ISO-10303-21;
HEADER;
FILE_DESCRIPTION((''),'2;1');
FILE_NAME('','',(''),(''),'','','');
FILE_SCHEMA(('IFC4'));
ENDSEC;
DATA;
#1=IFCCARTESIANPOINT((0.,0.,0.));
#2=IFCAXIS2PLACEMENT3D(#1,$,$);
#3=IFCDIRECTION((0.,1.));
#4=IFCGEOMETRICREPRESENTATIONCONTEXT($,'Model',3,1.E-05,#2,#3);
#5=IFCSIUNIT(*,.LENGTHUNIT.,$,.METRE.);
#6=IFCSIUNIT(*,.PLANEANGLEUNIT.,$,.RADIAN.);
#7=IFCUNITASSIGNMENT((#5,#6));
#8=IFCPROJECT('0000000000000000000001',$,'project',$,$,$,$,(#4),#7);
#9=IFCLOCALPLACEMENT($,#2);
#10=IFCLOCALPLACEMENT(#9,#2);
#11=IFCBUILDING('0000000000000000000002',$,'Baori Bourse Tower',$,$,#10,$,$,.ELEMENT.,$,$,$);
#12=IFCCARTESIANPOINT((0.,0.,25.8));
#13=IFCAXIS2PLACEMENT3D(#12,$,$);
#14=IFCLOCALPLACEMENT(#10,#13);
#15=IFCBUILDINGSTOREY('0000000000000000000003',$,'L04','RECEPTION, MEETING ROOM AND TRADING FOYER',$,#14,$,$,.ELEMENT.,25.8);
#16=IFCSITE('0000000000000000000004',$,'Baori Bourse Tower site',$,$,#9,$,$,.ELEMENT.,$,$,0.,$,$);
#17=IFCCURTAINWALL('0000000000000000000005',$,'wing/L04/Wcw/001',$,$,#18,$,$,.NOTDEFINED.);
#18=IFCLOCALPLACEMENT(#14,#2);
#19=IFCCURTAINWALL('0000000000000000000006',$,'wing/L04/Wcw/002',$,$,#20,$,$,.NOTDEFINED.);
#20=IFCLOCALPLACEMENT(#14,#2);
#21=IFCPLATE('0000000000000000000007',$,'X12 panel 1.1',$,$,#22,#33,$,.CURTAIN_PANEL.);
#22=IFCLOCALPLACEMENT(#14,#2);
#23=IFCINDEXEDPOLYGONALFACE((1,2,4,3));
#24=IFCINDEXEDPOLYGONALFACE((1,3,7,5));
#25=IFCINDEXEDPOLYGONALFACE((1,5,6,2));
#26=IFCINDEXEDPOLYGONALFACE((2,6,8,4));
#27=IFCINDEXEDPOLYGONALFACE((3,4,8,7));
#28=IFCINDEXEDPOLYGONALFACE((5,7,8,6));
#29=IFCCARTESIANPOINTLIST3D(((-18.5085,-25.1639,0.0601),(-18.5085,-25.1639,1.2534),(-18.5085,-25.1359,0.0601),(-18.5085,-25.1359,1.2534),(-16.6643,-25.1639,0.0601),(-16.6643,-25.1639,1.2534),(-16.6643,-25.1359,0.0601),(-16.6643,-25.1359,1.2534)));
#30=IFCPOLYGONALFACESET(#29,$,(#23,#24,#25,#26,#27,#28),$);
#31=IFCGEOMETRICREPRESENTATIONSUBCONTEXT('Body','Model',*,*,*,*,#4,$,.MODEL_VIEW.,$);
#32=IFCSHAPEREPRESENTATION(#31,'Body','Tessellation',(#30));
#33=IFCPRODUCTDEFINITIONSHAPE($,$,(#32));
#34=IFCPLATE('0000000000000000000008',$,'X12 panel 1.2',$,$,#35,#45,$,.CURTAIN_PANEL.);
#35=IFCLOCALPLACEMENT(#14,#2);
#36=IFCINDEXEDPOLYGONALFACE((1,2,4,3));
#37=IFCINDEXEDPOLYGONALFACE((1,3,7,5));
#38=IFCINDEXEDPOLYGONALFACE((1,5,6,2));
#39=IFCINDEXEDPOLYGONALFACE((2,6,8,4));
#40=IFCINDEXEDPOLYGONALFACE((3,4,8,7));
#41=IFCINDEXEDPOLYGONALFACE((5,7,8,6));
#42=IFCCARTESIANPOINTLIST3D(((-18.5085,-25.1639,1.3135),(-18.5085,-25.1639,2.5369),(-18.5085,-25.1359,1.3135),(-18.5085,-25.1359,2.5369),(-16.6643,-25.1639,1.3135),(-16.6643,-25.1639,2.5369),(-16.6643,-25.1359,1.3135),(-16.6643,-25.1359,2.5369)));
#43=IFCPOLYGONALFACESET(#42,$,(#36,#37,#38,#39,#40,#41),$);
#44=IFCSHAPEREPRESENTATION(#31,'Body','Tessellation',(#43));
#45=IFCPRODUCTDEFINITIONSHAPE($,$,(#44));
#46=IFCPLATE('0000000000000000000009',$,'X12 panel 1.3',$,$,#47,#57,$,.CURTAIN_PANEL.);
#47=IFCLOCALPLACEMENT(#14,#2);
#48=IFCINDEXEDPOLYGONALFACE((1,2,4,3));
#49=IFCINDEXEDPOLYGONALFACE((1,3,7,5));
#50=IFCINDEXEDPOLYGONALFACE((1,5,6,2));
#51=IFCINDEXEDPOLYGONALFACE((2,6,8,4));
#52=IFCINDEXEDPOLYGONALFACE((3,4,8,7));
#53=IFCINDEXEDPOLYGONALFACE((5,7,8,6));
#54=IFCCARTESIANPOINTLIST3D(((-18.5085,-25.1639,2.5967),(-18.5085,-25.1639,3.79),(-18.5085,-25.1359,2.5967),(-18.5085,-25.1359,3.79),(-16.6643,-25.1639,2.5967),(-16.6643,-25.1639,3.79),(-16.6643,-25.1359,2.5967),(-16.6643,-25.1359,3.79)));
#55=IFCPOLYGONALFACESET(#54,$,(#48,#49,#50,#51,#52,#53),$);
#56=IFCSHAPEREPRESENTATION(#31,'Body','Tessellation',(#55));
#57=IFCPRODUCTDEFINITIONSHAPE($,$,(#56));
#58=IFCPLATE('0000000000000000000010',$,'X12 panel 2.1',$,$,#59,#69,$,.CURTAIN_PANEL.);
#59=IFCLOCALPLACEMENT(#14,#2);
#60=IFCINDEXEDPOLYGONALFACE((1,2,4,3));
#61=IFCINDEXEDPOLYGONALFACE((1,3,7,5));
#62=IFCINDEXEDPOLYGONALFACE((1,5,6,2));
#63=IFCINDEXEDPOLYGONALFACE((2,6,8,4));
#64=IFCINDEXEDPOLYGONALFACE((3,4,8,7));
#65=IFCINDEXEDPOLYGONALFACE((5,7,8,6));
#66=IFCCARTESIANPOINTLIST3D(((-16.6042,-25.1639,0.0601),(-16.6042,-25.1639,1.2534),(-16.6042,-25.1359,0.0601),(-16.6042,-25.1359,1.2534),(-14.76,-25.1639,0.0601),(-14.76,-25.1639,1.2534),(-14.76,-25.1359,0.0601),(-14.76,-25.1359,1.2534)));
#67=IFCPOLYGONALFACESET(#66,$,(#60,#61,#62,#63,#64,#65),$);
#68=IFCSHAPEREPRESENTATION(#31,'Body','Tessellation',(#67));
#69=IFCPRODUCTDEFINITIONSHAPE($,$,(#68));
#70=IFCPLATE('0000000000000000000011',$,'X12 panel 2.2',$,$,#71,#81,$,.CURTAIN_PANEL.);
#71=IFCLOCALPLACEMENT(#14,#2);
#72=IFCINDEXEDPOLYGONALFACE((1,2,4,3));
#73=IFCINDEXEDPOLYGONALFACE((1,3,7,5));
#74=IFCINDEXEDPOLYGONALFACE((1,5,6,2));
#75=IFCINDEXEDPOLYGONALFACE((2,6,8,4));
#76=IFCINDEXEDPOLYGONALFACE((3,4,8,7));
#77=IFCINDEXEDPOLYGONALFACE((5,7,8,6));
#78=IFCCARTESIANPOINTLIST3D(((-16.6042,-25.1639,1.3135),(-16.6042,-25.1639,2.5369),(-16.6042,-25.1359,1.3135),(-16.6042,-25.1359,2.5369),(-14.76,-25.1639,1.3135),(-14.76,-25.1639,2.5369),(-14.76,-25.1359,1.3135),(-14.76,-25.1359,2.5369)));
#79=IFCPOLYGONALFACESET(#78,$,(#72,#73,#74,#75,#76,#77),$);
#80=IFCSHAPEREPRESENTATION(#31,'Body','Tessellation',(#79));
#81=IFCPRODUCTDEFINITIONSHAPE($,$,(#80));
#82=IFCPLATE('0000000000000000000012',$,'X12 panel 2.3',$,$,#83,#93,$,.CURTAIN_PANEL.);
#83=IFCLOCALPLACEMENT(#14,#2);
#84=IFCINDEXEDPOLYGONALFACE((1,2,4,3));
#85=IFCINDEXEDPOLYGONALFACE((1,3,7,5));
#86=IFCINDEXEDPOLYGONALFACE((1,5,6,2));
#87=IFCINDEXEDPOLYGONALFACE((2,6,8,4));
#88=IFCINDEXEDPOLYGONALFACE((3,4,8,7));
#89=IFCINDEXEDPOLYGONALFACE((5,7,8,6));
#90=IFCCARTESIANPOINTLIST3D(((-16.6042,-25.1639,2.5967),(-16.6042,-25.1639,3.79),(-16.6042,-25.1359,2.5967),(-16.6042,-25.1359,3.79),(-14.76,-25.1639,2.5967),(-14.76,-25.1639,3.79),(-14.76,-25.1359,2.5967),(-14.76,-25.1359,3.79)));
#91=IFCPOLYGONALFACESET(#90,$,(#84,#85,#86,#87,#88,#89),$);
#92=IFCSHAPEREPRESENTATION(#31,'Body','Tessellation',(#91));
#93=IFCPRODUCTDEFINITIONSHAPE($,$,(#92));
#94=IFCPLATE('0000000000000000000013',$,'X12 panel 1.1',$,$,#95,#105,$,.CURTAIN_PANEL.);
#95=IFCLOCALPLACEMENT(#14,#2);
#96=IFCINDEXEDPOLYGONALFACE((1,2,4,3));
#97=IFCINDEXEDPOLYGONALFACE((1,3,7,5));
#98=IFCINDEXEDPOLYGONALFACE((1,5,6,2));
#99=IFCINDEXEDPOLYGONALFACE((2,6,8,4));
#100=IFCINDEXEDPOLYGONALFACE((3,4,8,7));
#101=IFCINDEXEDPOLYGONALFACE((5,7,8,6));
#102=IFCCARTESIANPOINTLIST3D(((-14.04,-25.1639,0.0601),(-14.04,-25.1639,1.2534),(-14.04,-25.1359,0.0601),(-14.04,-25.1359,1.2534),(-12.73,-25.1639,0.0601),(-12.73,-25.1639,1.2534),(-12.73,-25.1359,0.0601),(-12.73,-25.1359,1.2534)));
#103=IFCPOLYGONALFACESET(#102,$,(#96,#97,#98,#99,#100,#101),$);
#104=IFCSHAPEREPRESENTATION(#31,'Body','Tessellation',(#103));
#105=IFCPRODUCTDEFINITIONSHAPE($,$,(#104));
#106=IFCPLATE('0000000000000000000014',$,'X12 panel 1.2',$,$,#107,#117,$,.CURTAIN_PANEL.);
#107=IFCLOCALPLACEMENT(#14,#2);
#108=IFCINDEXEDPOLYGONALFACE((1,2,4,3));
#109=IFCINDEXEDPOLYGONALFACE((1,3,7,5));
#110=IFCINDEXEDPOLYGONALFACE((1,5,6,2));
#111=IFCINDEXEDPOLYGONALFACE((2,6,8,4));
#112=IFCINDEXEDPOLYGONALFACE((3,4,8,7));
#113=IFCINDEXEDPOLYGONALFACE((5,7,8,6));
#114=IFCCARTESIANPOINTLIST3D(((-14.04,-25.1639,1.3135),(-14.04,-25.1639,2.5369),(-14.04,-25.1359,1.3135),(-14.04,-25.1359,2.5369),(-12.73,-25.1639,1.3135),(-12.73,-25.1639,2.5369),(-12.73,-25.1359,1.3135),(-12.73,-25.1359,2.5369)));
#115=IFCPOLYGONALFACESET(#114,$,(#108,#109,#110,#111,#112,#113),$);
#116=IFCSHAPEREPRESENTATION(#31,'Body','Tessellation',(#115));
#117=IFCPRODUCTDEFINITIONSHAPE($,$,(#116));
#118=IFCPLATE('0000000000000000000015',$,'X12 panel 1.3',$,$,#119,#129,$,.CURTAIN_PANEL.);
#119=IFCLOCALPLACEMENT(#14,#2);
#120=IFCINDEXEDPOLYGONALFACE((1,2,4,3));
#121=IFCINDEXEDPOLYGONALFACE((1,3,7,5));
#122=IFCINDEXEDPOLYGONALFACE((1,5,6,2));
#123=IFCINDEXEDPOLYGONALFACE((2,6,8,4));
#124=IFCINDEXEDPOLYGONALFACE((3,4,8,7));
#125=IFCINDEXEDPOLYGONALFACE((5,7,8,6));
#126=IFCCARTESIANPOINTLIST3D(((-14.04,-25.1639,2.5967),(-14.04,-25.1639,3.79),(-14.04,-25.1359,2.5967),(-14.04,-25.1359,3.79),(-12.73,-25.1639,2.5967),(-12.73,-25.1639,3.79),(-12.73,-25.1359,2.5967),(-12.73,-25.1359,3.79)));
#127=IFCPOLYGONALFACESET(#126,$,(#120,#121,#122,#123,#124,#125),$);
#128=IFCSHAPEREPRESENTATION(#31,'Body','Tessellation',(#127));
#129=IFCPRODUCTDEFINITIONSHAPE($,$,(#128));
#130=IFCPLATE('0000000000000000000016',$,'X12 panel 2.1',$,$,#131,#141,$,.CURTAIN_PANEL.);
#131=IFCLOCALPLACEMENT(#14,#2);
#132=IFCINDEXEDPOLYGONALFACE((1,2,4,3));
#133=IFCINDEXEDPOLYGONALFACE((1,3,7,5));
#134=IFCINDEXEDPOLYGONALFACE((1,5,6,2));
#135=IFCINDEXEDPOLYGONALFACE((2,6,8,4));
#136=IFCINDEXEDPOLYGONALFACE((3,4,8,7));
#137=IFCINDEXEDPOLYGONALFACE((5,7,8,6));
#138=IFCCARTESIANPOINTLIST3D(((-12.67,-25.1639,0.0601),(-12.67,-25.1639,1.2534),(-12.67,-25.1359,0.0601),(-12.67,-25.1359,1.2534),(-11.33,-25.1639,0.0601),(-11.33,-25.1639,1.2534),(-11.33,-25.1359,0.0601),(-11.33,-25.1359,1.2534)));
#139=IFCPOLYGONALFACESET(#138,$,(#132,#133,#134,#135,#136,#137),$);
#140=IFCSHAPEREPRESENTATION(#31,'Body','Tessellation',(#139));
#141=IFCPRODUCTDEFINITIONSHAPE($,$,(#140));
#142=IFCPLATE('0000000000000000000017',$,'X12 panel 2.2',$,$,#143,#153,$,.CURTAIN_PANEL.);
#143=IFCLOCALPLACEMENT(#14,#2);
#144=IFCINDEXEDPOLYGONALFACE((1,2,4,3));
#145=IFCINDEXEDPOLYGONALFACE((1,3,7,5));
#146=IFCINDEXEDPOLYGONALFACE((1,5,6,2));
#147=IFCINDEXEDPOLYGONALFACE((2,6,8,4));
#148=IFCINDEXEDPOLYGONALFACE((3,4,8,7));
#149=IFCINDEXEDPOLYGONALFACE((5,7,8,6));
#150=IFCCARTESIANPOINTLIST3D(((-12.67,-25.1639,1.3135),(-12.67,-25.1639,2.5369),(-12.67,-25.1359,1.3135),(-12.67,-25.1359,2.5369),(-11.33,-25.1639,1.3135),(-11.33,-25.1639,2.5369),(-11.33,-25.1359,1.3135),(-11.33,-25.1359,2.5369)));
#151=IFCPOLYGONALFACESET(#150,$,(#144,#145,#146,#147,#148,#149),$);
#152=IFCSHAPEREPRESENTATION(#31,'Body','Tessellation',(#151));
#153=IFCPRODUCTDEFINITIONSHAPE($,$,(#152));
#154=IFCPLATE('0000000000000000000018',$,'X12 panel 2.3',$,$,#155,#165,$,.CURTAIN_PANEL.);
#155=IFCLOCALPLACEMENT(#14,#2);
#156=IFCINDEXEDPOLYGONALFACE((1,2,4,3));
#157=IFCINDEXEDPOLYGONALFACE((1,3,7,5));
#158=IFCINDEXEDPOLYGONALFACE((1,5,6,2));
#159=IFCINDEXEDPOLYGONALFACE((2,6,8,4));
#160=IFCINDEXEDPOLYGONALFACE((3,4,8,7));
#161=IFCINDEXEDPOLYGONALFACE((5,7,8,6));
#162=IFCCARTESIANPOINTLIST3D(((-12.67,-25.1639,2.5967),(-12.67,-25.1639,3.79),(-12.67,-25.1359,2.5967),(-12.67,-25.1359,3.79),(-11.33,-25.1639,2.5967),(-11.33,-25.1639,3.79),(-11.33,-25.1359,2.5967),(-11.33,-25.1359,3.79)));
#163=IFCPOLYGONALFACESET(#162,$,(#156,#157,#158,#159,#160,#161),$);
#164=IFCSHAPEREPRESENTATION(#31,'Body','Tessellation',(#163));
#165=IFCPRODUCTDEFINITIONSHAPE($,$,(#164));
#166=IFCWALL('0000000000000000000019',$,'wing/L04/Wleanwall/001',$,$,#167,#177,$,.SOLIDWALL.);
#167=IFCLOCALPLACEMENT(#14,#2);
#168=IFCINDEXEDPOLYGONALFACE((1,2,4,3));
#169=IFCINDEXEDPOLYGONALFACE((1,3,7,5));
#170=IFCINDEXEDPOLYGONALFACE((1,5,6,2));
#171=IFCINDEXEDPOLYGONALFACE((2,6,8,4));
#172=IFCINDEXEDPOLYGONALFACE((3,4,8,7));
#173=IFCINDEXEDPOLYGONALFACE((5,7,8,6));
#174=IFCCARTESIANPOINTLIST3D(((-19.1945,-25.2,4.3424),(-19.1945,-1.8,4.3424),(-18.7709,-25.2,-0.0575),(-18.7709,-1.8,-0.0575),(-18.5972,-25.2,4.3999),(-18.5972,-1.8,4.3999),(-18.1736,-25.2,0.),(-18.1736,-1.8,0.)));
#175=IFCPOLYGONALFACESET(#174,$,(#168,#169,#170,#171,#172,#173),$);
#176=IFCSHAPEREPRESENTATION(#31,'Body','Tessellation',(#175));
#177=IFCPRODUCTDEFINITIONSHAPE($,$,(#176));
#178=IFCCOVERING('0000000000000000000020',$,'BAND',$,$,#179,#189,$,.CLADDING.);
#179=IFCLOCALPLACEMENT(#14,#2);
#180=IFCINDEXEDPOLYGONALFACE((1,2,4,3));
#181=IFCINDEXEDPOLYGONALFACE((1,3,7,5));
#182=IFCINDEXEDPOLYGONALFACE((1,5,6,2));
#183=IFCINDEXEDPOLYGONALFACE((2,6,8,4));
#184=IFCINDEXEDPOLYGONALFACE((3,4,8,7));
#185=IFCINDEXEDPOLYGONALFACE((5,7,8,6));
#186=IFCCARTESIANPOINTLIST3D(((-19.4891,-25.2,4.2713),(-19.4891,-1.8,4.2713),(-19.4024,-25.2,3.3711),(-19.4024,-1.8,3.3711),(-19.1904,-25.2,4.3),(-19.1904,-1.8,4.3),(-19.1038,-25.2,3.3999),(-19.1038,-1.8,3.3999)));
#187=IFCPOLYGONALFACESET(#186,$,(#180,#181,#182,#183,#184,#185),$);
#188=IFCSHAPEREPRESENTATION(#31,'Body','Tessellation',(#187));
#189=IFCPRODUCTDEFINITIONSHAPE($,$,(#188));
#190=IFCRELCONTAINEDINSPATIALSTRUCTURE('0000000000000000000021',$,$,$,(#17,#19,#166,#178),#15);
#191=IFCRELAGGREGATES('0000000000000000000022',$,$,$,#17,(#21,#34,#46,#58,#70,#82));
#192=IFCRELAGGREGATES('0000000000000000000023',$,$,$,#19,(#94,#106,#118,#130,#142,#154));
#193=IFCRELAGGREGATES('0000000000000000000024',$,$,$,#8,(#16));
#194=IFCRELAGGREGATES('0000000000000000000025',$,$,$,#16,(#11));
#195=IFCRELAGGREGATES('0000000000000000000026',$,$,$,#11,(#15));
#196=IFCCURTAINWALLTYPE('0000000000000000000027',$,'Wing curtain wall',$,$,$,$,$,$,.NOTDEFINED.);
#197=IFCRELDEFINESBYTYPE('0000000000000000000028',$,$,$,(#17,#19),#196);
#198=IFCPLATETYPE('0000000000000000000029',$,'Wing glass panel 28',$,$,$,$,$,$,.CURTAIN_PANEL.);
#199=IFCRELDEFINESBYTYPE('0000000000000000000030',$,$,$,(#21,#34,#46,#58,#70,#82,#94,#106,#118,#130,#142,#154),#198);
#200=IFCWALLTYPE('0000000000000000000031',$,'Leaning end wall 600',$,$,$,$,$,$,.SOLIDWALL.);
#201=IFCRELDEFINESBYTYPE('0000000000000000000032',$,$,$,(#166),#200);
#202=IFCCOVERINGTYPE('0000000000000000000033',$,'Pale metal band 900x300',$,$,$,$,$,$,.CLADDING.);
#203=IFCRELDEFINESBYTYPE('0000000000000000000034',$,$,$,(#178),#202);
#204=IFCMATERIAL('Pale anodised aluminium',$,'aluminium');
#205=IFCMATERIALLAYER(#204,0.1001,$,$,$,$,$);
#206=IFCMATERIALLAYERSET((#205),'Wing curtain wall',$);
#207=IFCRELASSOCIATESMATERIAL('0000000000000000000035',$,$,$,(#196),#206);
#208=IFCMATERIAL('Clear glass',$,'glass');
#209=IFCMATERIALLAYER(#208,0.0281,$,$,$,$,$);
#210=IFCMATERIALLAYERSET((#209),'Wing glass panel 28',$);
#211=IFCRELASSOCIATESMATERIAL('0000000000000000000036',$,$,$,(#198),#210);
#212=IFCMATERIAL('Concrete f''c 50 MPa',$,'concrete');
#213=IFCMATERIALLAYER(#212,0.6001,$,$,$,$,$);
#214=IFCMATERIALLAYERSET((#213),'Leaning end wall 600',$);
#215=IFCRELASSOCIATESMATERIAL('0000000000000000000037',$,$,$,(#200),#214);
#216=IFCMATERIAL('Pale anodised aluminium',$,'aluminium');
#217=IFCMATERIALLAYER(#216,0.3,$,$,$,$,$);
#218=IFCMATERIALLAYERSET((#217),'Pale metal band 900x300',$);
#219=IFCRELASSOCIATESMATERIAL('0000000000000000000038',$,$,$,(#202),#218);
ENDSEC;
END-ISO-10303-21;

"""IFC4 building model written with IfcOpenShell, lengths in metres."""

from ifc_helpers import new_model, si_unit, direction, frame, origin, origin_2d, place, context, subcontext, project, spatial, polyline, rectangle, outline, extrude, material, layer, layer_set, type_object, element, aggregate, save


model = new_model("IFC4")

# Units and contexts
model_context = context("Model", 3, precision=1e-05, world=origin(), true_north=direction((0.0, 1.0)))
body_context = subcontext(model_context, "Body", "Model", "MODEL_VIEW")
ifc_project = project(units=[si_unit("LENGTHUNIT", "METRE"), si_unit("PLANEANGLEUNIT", "RADIAN")], contexts=[model_context])

# Site, building, storey
site_placement = place(None, origin())
site = spatial("IfcSite", under=ifc_project, at=site_placement, Name="Baori Bourse Tower site", CompositionType="ELEMENT", RefElevation=0.0)
building_placement = place(site_placement, origin())
building = spatial("IfcBuilding", under=site, at=building_placement, Name="Baori Bourse Tower", CompositionType="ELEMENT")
storey_placement = place(building_placement, frame((0.0, 0.0, 25.8)))
storey = spatial("IfcBuildingStorey", under=building, at=storey_placement, Name="L04", Description="RECEPTION, MEETING ROOM AND TRADING FOYER", CompositionType="ELEMENT", Elevation=25.8)

# Curtain walls
ifc_material_1 = material(Name="Pale anodised aluminium", Category="aluminium")
ifc_layer_1 = layer(ifc_material_1, 0.1001)
ifc_layer_set_1 = layer_set([ifc_layer_1], Name="Wing curtain wall")
curtain_wall_type = type_object("IfcCurtainWallType", Name="Wing curtain wall", PredefinedType="NOTDEFINED", material=ifc_layer_set_1)
curtain_wall_1_placement = place(storey_placement, origin())
curtain_wall_1 = element("IfcCurtainWall", 1, at=curtain_wall_1_placement, inside=storey, type_object=curtain_wall_type, Name="wing/L04/Wcw/001", PredefinedType="NOTDEFINED")
curtain_wall_2_placement = place(storey_placement, origin())
curtain_wall_2 = element("IfcCurtainWall", 2, at=curtain_wall_2_placement, inside=storey, type_object=curtain_wall_type, Name="wing/L04/Wcw/002", PredefinedType="NOTDEFINED")

# Plates
ifc_material_2 = material(Name="Clear glass", Category="glass")
ifc_layer_2 = layer(ifc_material_2, 0.0281)
ifc_layer_set_2 = layer_set([ifc_layer_2], Name="Wing glass panel 28")
plate_type = type_object("IfcPlateType", Name="Wing glass panel 28", PredefinedType="CURTAIN_PANEL", material=ifc_layer_set_2)
plate_1_placement = place(storey_placement, frame((-17.5864, -25.1499, 0.0601), z_axis=(0.0, 0.0, 1.0), x_axis=(1.0, 0.0, 0.0)))
plate_1 = element("IfcPlate", 3, at=plate_1_placement, type_object=plate_type, Name="X12 panel 1.1", PredefinedType="CURTAIN_PANEL", context=body_context, shape_type="SweptSolid", body=[
    extrude(rectangle(XDim=1.8442, YDim=0.0281, at=origin_2d()), origin(), (0.0, 0.0, 1.0), 1.1934),
])
plate_2_placement = place(storey_placement, frame((-17.5864, -25.1499, 1.3135), z_axis=(0.0, 0.0, 1.0), x_axis=(1.0, 0.0, 0.0)))
plate_2 = element("IfcPlate", 4, at=plate_2_placement, type_object=plate_type, Name="X12 panel 1.2", PredefinedType="CURTAIN_PANEL", context=body_context, shape_type="SweptSolid", body=[
    extrude(rectangle(XDim=1.8442, YDim=0.0281, at=origin_2d()), origin(), (0.0, 0.0, 1.0), 1.2234),
])
plate_3_placement = place(storey_placement, frame((-17.5864, -25.1499, 2.5967), z_axis=(0.0, 0.0, 1.0), x_axis=(1.0, 0.0, 0.0)))
plate_3 = element("IfcPlate", 5, at=plate_3_placement, type_object=plate_type, Name="X12 panel 1.3", PredefinedType="CURTAIN_PANEL", context=body_context, shape_type="SweptSolid", body=[
    extrude(rectangle(XDim=1.8442, YDim=0.0281, at=origin_2d()), origin(), (0.0, 0.0, 1.0), 1.1934),
])
plate_4_placement = place(storey_placement, frame((-15.6821, -25.1499, 0.0601), z_axis=(0.0, 0.0, 1.0), x_axis=(1.0, 0.0, 0.0)))
plate_4 = element("IfcPlate", 6, at=plate_4_placement, type_object=plate_type, Name="X12 panel 2.1", PredefinedType="CURTAIN_PANEL", context=body_context, shape_type="SweptSolid", body=[
    extrude(rectangle(XDim=1.8442, YDim=0.0281, at=origin_2d()), origin(), (0.0, 0.0, 1.0), 1.1934),
])
plate_5_placement = place(storey_placement, frame((-15.6821, -25.1499, 1.3135), z_axis=(0.0, 0.0, 1.0), x_axis=(1.0, 0.0, 0.0)))
plate_5 = element("IfcPlate", 7, at=plate_5_placement, type_object=plate_type, Name="X12 panel 2.2", PredefinedType="CURTAIN_PANEL", context=body_context, shape_type="SweptSolid", body=[
    extrude(rectangle(XDim=1.8442, YDim=0.0281, at=origin_2d()), origin(), (0.0, 0.0, 1.0), 1.2234),
])
plate_6_placement = place(storey_placement, frame((-15.6821, -25.1499, 2.5967), z_axis=(0.0, 0.0, 1.0), x_axis=(1.0, 0.0, 0.0)))
plate_6 = element("IfcPlate", 8, at=plate_6_placement, type_object=plate_type, Name="X12 panel 2.3", PredefinedType="CURTAIN_PANEL", context=body_context, shape_type="SweptSolid", body=[
    extrude(rectangle(XDim=1.8442, YDim=0.0281, at=origin_2d()), origin(), (0.0, 0.0, 1.0), 1.1934),
])
aggregate(curtain_wall_1, [plate_1, plate_2, plate_3, plate_4, plate_5, plate_6])
plate_7_placement = place(storey_placement, frame((-13.385, -25.1499, 0.0601), z_axis=(0.0, 0.0, 1.0), x_axis=(1.0, 0.0, 0.0)))
plate_7 = element("IfcPlate", 9, at=plate_7_placement, type_object=plate_type, Name="X12 panel 1.1", PredefinedType="CURTAIN_PANEL", context=body_context, shape_type="SweptSolid", body=[
    extrude(rectangle(XDim=1.3101, YDim=0.0281, at=origin_2d()), origin(), (0.0, 0.0, 1.0), 1.1934),
])
plate_8_placement = place(storey_placement, frame((-13.385, -25.1499, 1.3135), z_axis=(0.0, 0.0, 1.0), x_axis=(1.0, 0.0, 0.0)))
plate_8 = element("IfcPlate", 10, at=plate_8_placement, type_object=plate_type, Name="X12 panel 1.2", PredefinedType="CURTAIN_PANEL", context=body_context, shape_type="SweptSolid", body=[
    extrude(rectangle(XDim=1.3101, YDim=0.0281, at=origin_2d()), origin(), (0.0, 0.0, 1.0), 1.2234),
])
plate_9_placement = place(storey_placement, frame((-13.385, -25.1499, 2.5967), z_axis=(0.0, 0.0, 1.0), x_axis=(1.0, 0.0, 0.0)))
plate_9 = element("IfcPlate", 11, at=plate_9_placement, type_object=plate_type, Name="X12 panel 1.3", PredefinedType="CURTAIN_PANEL", context=body_context, shape_type="SweptSolid", body=[
    extrude(rectangle(XDim=1.3101, YDim=0.0281, at=origin_2d()), origin(), (0.0, 0.0, 1.0), 1.1934),
])
plate_10_placement = place(storey_placement, frame((-12.0, -25.1499, 0.0601), z_axis=(0.0, 0.0, 1.0), x_axis=(1.0, 0.0, 0.0)))
plate_10 = element("IfcPlate", 12, at=plate_10_placement, type_object=plate_type, Name="X12 panel 2.1", PredefinedType="CURTAIN_PANEL", context=body_context, shape_type="SweptSolid", body=[
    extrude(rectangle(XDim=1.3401, YDim=0.0281, at=origin_2d()), origin(), (0.0, 0.0, 1.0), 1.1934),
])
plate_11_placement = place(storey_placement, frame((-12.0, -25.1499, 1.3135), z_axis=(0.0, 0.0, 1.0), x_axis=(1.0, 0.0, 0.0)))
plate_11 = element("IfcPlate", 13, at=plate_11_placement, type_object=plate_type, Name="X12 panel 2.2", PredefinedType="CURTAIN_PANEL", context=body_context, shape_type="SweptSolid", body=[
    extrude(rectangle(XDim=1.3401, YDim=0.0281, at=origin_2d()), origin(), (0.0, 0.0, 1.0), 1.2234),
])
plate_12_placement = place(storey_placement, frame((-12.0, -25.1499, 2.5967), z_axis=(0.0, 0.0, 1.0), x_axis=(1.0, 0.0, 0.0)))
plate_12 = element("IfcPlate", 14, at=plate_12_placement, type_object=plate_type, Name="X12 panel 2.3", PredefinedType="CURTAIN_PANEL", context=body_context, shape_type="SweptSolid", body=[
    extrude(rectangle(XDim=1.3401, YDim=0.0281, at=origin_2d()), origin(), (0.0, 0.0, 1.0), 1.1934),
])
aggregate(curtain_wall_2, [plate_7, plate_8, plate_9, plate_10, plate_11, plate_12])

# Wall
ifc_material_3 = material(Name="Concrete f'c 50 MPa", Category="concrete")
ifc_layer_3 = layer(ifc_material_3, 0.6001)
ifc_layer_set_3 = layer_set([ifc_layer_3], Name="Leaning end wall 600")
wall_type = type_object("IfcWallType", Name="Leaning end wall 600", PredefinedType="SOLIDWALL", material=ifc_layer_set_3)
wall_placement = place(storey_placement, frame((-18.1736, -25.2, 0.0), z_axis=(0.995398, 0.0, 0.095828), x_axis=(0.0, 1.0, 0.0)))
element("IfcWall", 15, at=wall_placement, inside=storey, type_object=wall_type, Name="wing/L04/Wleanwall/001", PredefinedType="SOLIDWALL", context=body_context, shape_type="SweptSolid", body=[
    extrude(outline(polyline([(0.0, 0.0), (23.3999, 0.0), (23.3999, 4.4202), (0.0, 4.4202), (0.0, 0.0)])), origin(), (0.0, 0.0, -1.0), 0.6001),
])

# Covering
ifc_material_4 = material(Name="Pale anodised aluminium", Category="aluminium")
ifc_layer_4 = layer(ifc_material_4, 0.3)
ifc_layer_set_4 = layer_set([ifc_layer_4], Name="Pale metal band 900x300")
covering_type = type_object("IfcCoveringType", Name="Pale metal band 900x300", PredefinedType="CLADDING", material=ifc_layer_set_4)
covering_placement = place(storey_placement, frame((-19.1038, -25.2, 3.3999), z_axis=(0.995397, 0.0, 0.095841), x_axis=(0.0, 1.0, 0.0)))
element("IfcCovering", 16, at=covering_placement, inside=storey, type_object=covering_type, Name="BAND", PredefinedType="CLADDING", context=body_context, shape_type="SweptSolid", body=[
    extrude(outline(polyline([(0.0, 0.0), (23.3999, 0.0), (23.3999, 0.9043), (0.0, 0.9043), (0.0, 0.0)])), origin(), (0.0, 0.0, -1.0), 0.3),
])

save(model, "model.ifc")
